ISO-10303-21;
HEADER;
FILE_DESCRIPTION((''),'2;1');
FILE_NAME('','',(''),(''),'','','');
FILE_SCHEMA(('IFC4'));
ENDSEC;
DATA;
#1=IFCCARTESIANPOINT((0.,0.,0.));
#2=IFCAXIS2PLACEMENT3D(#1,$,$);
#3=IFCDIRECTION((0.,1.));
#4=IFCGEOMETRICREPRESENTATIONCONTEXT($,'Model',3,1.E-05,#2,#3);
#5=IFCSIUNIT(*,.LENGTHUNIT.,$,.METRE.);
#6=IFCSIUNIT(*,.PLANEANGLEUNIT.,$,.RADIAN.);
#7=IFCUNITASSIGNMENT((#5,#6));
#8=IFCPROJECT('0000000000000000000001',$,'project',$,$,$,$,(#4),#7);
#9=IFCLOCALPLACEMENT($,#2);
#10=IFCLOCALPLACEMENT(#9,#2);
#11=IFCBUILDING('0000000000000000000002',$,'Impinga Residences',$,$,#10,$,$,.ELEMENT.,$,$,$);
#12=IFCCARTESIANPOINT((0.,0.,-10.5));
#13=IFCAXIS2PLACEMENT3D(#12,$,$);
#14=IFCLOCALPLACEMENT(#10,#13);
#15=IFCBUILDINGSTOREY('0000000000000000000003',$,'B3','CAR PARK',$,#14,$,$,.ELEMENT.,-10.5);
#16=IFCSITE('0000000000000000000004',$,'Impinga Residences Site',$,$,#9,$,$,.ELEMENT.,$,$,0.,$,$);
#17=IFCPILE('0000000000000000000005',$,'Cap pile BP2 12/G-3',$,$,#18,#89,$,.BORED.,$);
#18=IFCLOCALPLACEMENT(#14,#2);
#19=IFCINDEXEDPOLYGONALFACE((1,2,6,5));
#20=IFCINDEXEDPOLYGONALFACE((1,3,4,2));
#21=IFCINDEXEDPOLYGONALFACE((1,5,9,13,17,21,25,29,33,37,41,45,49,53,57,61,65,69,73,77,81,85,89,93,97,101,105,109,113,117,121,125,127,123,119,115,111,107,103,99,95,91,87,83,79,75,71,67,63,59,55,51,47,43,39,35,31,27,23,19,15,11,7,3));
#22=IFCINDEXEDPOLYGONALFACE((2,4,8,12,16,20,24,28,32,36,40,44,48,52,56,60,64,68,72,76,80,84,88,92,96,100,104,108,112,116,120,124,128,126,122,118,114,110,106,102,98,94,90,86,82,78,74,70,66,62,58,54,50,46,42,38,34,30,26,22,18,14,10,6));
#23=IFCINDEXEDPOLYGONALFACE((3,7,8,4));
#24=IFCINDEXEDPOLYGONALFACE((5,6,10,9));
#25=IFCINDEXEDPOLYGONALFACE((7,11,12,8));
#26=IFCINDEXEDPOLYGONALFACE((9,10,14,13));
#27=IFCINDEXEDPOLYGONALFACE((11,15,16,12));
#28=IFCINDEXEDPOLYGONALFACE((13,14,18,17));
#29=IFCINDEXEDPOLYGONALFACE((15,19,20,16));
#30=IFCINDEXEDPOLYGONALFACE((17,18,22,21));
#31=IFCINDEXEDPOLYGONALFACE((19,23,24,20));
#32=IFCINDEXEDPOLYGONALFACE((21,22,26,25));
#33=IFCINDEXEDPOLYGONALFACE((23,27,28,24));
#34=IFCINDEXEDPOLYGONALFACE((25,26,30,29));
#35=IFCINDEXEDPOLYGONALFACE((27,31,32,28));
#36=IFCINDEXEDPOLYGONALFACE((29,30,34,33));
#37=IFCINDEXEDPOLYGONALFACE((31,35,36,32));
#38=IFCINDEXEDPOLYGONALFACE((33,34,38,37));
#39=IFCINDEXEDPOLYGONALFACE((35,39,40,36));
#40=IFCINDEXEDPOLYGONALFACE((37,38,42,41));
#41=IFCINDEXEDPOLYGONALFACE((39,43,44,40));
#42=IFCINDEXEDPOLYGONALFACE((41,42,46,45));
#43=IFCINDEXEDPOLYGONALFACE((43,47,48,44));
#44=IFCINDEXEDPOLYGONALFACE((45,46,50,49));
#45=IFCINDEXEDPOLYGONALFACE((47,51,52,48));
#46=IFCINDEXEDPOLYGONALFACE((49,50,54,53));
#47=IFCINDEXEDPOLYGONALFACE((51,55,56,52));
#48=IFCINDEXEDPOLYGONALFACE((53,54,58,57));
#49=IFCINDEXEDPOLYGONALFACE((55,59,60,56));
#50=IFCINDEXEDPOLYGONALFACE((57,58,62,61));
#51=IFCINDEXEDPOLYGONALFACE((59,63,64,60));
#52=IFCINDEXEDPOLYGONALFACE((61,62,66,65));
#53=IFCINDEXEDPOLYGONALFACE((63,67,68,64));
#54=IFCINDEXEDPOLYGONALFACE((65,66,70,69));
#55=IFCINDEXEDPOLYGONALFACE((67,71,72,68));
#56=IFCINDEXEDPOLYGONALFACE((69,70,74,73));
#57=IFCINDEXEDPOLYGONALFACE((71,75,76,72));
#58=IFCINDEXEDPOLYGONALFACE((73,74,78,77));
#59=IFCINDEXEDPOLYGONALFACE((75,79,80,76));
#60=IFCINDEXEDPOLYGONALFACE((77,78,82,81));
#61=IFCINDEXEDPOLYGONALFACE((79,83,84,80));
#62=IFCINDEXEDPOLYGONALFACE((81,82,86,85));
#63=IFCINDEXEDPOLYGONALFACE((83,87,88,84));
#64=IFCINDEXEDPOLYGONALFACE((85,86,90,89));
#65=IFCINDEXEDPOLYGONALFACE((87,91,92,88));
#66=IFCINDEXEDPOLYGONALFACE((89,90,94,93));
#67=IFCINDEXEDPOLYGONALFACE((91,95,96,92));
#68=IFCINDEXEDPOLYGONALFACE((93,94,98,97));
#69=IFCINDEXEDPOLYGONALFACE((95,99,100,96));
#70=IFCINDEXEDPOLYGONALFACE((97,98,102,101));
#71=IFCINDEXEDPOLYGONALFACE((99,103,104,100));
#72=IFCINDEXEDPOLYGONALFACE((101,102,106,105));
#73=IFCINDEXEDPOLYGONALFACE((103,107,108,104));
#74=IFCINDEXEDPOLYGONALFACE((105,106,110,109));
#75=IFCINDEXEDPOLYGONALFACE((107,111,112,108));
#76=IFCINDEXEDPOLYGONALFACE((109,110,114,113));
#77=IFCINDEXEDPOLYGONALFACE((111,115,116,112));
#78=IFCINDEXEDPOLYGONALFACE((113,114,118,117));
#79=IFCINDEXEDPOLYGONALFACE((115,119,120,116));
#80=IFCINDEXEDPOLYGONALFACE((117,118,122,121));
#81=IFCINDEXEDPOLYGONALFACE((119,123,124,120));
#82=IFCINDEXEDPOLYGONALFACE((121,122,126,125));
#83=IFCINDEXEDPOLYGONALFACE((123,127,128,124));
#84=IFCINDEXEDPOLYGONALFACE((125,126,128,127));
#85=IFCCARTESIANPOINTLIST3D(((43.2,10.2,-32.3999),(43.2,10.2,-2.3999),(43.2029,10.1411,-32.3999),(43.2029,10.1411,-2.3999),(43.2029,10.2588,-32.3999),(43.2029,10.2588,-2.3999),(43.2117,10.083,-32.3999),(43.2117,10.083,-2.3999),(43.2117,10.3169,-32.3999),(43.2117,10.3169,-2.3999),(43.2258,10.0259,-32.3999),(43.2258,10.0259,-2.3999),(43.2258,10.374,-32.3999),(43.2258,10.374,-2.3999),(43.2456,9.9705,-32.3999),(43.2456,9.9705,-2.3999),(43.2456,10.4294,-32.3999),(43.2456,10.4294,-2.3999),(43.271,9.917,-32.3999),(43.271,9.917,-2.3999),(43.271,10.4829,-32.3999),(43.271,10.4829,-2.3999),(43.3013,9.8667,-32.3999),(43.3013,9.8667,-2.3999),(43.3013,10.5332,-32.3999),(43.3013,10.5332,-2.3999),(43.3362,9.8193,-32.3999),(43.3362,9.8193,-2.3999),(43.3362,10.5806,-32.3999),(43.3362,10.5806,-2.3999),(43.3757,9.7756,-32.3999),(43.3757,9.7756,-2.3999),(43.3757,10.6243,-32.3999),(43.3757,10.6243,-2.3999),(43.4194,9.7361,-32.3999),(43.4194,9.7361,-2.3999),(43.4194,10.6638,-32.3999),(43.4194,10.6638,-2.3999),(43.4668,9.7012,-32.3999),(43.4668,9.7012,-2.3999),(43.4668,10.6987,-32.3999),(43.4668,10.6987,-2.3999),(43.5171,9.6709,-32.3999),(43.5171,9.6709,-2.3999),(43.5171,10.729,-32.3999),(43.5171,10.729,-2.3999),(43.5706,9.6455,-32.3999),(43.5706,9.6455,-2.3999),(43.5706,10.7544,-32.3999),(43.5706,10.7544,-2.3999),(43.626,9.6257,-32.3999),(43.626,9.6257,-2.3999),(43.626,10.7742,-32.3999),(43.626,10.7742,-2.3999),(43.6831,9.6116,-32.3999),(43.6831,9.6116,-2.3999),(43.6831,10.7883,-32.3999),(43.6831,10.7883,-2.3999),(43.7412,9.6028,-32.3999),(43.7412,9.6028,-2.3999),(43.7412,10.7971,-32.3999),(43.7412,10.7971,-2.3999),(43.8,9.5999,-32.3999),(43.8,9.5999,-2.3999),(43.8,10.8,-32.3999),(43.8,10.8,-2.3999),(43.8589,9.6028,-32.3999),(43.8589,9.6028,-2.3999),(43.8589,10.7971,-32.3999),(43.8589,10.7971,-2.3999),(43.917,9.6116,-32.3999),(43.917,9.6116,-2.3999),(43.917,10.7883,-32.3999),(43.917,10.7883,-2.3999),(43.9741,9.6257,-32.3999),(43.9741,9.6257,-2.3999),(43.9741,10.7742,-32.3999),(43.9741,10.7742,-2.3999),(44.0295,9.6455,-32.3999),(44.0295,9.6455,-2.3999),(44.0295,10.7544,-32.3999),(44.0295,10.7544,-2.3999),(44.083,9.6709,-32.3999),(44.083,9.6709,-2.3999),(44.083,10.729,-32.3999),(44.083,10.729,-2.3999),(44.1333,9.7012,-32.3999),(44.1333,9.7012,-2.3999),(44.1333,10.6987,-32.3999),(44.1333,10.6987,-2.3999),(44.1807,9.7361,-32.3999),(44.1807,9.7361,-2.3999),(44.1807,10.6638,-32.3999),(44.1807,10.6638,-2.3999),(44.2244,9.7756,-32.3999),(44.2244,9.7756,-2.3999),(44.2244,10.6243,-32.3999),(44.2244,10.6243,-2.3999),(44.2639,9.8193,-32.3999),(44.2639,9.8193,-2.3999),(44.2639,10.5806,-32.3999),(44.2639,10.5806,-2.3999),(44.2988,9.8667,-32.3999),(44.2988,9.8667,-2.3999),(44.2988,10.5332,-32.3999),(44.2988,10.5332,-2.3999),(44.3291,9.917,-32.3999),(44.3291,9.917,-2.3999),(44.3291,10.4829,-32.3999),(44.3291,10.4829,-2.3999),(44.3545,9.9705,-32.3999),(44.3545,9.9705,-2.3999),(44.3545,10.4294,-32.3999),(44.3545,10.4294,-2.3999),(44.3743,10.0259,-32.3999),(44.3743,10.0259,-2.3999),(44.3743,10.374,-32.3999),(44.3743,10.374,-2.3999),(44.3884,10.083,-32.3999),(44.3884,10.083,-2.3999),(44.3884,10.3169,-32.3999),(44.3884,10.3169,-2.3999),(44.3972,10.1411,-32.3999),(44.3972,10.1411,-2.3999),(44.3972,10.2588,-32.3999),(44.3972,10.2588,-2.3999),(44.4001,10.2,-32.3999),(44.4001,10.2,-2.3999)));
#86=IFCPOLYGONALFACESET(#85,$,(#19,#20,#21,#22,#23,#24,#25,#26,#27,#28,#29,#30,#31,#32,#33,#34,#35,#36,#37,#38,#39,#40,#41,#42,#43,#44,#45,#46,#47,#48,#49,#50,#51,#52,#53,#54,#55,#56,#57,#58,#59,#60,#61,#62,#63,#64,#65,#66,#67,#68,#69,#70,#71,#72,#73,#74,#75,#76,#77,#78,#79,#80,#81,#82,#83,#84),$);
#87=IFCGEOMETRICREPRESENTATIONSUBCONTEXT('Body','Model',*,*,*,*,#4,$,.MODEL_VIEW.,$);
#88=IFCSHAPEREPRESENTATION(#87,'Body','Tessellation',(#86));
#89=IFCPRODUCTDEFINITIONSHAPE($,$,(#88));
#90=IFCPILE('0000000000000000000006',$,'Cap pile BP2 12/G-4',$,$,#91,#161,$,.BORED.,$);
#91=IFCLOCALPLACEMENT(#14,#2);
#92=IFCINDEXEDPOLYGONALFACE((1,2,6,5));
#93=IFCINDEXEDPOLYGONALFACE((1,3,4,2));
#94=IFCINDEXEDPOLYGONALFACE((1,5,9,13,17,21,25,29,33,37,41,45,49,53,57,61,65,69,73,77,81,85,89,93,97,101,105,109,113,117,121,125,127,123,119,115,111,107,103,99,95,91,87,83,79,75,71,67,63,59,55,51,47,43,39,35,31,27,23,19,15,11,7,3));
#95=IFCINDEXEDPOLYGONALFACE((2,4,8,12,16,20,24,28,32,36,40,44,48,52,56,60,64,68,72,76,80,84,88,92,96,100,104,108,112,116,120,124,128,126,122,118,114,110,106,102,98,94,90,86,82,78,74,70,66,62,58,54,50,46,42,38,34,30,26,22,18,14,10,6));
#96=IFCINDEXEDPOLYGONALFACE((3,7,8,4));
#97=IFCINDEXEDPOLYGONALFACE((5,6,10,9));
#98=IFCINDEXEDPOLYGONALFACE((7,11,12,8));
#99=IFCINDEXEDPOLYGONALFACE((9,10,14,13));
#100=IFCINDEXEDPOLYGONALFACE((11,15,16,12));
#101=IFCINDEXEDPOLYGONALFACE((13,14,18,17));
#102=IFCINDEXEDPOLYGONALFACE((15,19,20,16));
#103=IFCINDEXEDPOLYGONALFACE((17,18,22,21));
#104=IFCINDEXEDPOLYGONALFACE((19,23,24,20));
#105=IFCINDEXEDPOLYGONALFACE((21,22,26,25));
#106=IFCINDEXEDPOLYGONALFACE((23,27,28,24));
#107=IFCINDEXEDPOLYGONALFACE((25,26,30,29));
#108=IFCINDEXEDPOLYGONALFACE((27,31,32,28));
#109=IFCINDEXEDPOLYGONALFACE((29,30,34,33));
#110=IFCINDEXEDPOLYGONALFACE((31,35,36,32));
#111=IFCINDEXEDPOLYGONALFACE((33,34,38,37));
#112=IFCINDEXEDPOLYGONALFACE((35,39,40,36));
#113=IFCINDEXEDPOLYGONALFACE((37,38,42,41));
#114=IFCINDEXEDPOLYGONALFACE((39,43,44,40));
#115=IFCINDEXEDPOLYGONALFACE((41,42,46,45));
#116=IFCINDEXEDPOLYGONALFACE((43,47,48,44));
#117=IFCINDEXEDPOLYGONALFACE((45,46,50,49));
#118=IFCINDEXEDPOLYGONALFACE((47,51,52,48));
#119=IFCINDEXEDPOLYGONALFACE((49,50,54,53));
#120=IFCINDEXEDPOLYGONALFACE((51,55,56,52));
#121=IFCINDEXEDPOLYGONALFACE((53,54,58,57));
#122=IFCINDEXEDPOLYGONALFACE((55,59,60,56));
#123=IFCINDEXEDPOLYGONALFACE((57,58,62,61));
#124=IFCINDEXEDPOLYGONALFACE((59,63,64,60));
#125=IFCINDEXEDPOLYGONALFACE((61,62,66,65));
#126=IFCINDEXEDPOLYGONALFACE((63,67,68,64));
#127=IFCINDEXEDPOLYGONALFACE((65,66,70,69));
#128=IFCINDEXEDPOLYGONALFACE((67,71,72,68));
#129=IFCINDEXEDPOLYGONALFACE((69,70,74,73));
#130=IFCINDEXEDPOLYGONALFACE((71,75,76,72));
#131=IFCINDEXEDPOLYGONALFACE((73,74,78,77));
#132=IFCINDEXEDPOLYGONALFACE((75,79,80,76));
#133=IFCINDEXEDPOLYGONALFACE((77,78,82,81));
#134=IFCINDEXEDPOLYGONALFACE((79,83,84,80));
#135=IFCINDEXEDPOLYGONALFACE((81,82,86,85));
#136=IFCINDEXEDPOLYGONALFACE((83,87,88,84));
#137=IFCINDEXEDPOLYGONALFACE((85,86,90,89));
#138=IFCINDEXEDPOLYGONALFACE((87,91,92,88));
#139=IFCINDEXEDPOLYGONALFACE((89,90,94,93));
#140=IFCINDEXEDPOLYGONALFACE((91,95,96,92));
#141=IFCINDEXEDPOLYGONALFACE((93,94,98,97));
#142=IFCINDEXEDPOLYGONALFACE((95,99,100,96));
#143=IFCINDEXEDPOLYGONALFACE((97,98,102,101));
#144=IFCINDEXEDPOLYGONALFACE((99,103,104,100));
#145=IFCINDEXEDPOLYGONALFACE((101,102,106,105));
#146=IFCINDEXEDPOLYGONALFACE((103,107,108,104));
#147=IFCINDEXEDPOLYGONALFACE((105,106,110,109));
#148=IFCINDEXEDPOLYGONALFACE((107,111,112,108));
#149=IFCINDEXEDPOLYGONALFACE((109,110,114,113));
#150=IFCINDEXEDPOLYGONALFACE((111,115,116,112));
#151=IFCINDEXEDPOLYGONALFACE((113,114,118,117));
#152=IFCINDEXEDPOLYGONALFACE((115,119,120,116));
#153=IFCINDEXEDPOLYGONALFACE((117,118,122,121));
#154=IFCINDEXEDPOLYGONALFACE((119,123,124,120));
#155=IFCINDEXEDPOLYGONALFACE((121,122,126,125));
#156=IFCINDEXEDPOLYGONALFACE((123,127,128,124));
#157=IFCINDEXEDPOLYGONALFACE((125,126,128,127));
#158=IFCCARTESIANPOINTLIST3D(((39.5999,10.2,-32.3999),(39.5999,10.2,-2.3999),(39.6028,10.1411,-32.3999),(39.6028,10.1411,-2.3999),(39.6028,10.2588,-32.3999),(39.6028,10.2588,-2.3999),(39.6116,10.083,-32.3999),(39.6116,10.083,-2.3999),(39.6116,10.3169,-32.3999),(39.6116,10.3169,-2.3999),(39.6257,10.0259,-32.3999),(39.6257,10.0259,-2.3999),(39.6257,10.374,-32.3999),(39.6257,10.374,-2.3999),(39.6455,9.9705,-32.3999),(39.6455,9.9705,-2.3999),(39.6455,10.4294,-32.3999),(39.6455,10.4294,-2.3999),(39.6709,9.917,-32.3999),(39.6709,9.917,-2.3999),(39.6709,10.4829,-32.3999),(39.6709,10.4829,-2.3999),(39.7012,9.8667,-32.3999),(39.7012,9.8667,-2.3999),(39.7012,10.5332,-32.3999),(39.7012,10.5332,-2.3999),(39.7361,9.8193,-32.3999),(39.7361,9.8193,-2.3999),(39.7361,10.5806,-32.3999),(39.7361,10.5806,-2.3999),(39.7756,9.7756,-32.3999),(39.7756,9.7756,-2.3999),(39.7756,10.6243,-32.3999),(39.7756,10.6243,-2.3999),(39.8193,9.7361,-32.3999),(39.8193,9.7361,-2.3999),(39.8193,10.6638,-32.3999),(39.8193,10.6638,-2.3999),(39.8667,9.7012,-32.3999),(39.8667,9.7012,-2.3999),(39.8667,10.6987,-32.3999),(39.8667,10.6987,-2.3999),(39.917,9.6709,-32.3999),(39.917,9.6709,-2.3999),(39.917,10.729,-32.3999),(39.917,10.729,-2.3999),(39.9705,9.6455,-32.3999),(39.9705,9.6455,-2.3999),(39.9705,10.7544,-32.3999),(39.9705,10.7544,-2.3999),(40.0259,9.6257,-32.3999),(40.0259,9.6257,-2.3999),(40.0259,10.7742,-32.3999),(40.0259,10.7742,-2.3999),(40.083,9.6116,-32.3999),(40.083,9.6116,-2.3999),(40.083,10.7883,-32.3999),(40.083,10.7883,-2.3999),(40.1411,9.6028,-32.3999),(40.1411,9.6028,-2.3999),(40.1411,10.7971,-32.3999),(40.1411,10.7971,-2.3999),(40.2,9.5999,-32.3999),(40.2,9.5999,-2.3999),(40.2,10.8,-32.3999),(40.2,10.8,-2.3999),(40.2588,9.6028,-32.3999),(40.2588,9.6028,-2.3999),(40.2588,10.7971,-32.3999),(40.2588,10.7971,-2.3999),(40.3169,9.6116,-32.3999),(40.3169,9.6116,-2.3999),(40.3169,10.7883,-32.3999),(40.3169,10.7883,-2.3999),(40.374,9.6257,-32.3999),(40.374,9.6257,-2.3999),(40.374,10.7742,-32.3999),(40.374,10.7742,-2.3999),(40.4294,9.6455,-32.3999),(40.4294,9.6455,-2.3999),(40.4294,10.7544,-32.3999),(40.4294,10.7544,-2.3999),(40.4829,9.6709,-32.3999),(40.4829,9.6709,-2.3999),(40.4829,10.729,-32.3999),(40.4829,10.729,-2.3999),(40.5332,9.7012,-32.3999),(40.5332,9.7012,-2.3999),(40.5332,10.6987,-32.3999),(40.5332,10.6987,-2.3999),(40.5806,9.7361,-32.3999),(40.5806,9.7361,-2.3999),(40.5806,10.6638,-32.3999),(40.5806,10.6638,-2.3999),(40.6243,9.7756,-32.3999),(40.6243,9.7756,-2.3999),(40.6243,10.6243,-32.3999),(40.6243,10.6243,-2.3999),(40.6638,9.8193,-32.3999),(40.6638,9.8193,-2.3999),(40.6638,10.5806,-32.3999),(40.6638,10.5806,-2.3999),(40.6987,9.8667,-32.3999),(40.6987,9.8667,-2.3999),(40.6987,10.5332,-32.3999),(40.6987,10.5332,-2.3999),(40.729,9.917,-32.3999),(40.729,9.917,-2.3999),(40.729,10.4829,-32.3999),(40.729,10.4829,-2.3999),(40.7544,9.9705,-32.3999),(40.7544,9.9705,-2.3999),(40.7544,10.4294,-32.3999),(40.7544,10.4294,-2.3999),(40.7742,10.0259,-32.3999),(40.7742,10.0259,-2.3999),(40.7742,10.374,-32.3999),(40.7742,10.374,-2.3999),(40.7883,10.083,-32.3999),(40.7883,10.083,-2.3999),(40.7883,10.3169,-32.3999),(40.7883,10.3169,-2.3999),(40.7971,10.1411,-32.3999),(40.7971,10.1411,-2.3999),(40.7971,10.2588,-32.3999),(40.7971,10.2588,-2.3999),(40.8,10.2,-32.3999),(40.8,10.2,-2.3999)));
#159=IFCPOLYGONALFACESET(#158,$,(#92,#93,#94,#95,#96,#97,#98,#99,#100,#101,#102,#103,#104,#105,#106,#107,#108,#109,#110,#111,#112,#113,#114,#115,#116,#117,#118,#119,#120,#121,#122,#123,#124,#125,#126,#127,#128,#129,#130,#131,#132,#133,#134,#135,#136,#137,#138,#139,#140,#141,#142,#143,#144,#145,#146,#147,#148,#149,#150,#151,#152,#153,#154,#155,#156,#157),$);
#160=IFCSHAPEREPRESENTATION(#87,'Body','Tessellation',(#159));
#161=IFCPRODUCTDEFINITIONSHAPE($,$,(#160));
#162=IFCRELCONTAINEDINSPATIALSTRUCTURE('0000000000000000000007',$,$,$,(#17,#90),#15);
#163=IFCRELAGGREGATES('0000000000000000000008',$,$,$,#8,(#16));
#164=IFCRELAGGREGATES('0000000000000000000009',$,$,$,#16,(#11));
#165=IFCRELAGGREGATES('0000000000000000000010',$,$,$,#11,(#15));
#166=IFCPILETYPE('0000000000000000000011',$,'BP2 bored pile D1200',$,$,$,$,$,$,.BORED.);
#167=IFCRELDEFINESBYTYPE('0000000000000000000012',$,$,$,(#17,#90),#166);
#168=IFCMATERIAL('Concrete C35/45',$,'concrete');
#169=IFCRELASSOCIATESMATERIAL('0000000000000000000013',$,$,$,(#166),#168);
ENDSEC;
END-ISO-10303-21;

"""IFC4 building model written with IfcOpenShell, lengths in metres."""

from ifc_helpers import new_model, si_unit, direction, frame, origin, origin_2d, place, context, subcontext, project, spatial, polyline, circle, outline, extrude, material, material_profile, profile_set, type_object, element, save


model = new_model("IFC4")

# Units and contexts
model_context = context("Model", 3, precision=1e-05, world=origin(), true_north=direction((0.0, 1.0)))
body_context = subcontext(model_context, "Body", "Model", "MODEL_VIEW")
ifc_project = project(units=[si_unit("LENGTHUNIT", "METRE"), si_unit("PLANEANGLEUNIT", "RADIAN")], contexts=[model_context])

# Site, building, storey
site_placement = place(None, origin())
site = spatial("IfcSite", under=ifc_project, at=site_placement, Name="Impinga Residences Site", CompositionType="ELEMENT", RefElevation=0.0)
building_placement = place(site_placement, origin())
building = spatial("IfcBuilding", under=site, at=building_placement, Name="Impinga Residences", CompositionType="ELEMENT")
storey_placement = place(building_placement, frame((0.0, 0.0, -10.5)))
storey = spatial("IfcBuildingStorey", under=building, at=storey_placement, Name="B3", Description="CAR PARK", CompositionType="ELEMENT", Elevation=-10.5)

# Piles
ifc_material_1 = material(Name="Concrete C35/45", Category="concrete")
ifc_material_profile_1 = material_profile(ifc_material_1, circle(Radius=0.6001, at=origin_2d()), Name="D1200")
ifc_profile_set_1 = profile_set([ifc_material_profile_1], Name="Concrete C35/45")
pile_type = type_object("IfcPileType", Name="BP2 bored pile D1200", PredefinedType="BORED", material=ifc_profile_set_1)
pile_1_placement = place(storey_placement, frame((43.8, 10.2, -2.3999), z_axis=(0.0, 0.0, -1.0), x_axis=(1.0, 0.0, 0.0)))
element("IfcPile", 1, at=pile_1_placement, inside=storey, type_object=pile_type, Name="Cap pile BP2 12/G-3", PredefinedType="BORED", context=body_context, shape_type="SweptSolid", body=[
    extrude(outline(polyline([(0.6001, 0.0), (0.5972, 0.0588), (0.5884, 0.1169), (0.5742, 0.1741), (0.5544, 0.2295), (0.5291, 0.283), (0.4988, 0.3333), (0.4639, 0.3806), (0.4243, 0.4243), (0.3806, 0.4639), (0.3333, 0.4988), (0.283, 0.5291), (0.2295, 0.5544), (0.1741, 0.5742), (0.1169, 0.5884), (0.0588, 0.5972), (0.0, 0.6001), (-0.0588, 0.5972), (-0.1169, 0.5884), (-0.1741, 0.5742), (-0.2295, 0.5544), (-0.283, 0.5291), (-0.3333, 0.4988), (-0.3806, 0.4639), (-0.4243, 0.4243), (-0.4639, 0.3806), (-0.4988, 0.3333), (-0.5291, 0.283), (-0.5544, 0.2295), (-0.5742, 0.1741), (-0.5884, 0.1169), (-0.5972, 0.0588), (-0.6001, 0.0), (-0.5972, -0.0588), (-0.5884, -0.1169), (-0.5742, -0.1741), (-0.5544, -0.2295), (-0.5291, -0.283), (-0.4988, -0.3333), (-0.4639, -0.3806), (-0.4243, -0.4243), (-0.3806, -0.4639), (-0.3333, -0.4988), (-0.283, -0.5291), (-0.2295, -0.5544), (-0.1741, -0.5742), (-0.1169, -0.5884), (-0.0588, -0.5972), (0.0, -0.6001), (0.0588, -0.5972), (0.1169, -0.5884), (0.1741, -0.5742), (0.2295, -0.5544), (0.283, -0.5291), (0.3333, -0.4988), (0.3806, -0.4639), (0.4243, -0.4243), (0.4639, -0.3806), (0.4988, -0.3333), (0.5291, -0.283), (0.5544, -0.2295), (0.5742, -0.1741), (0.5884, -0.1169), (0.5972, -0.0588), (0.6001, 0.0)])), origin(), (0.0, 0.0, 1.0), 30.0),
])
pile_2_placement = place(storey_placement, frame((40.2, 10.2, -2.3999), z_axis=(0.0, 0.0, -1.0), x_axis=(1.0, 0.0, 0.0)))
element("IfcPile", 2, at=pile_2_placement, inside=storey, type_object=pile_type, Name="Cap pile BP2 12/G-4", PredefinedType="BORED", context=body_context, shape_type="SweptSolid", body=[
    extrude(outline(polyline([(0.6001, 0.0), (0.5972, 0.0588), (0.5884, 0.1169), (0.5742, 0.1741), (0.5544, 0.2295), (0.5291, 0.283), (0.4988, 0.3333), (0.4639, 0.3806), (0.4243, 0.4243), (0.3806, 0.4639), (0.3333, 0.4988), (0.283, 0.5291), (0.2295, 0.5544), (0.1741, 0.5742), (0.1169, 0.5884), (0.0588, 0.5972), (0.0, 0.6001), (-0.0588, 0.5972), (-0.1169, 0.5884), (-0.1741, 0.5742), (-0.2295, 0.5544), (-0.283, 0.5291), (-0.3333, 0.4988), (-0.3806, 0.4639), (-0.4243, 0.4243), (-0.4639, 0.3806), (-0.4988, 0.3333), (-0.5291, 0.283), (-0.5544, 0.2295), (-0.5742, 0.1741), (-0.5884, 0.1169), (-0.5972, 0.0588), (-0.6001, 0.0), (-0.5972, -0.0588), (-0.5884, -0.1169), (-0.5742, -0.1741), (-0.5544, -0.2295), (-0.5291, -0.283), (-0.4988, -0.3333), (-0.4639, -0.3806), (-0.4243, -0.4243), (-0.3806, -0.4639), (-0.3333, -0.4988), (-0.283, -0.5291), (-0.2295, -0.5544), (-0.1741, -0.5742), (-0.1169, -0.5884), (-0.0588, -0.5972), (0.0, -0.6001), (0.0588, -0.5972), (0.1169, -0.5884), (0.1741, -0.5742), (0.2295, -0.5544), (0.283, -0.5291), (0.3333, -0.4988), (0.3806, -0.4639), (0.4243, -0.4243), (0.4639, -0.3806), (0.4988, -0.3333), (0.5291, -0.283), (0.5544, -0.2295), (0.5742, -0.1741), (0.5884, -0.1169), (0.5972, -0.0588), (0.6001, 0.0)])), origin(), (0.0, 0.0, 1.0), 30.0),
])

save(model, "model.ifc")
